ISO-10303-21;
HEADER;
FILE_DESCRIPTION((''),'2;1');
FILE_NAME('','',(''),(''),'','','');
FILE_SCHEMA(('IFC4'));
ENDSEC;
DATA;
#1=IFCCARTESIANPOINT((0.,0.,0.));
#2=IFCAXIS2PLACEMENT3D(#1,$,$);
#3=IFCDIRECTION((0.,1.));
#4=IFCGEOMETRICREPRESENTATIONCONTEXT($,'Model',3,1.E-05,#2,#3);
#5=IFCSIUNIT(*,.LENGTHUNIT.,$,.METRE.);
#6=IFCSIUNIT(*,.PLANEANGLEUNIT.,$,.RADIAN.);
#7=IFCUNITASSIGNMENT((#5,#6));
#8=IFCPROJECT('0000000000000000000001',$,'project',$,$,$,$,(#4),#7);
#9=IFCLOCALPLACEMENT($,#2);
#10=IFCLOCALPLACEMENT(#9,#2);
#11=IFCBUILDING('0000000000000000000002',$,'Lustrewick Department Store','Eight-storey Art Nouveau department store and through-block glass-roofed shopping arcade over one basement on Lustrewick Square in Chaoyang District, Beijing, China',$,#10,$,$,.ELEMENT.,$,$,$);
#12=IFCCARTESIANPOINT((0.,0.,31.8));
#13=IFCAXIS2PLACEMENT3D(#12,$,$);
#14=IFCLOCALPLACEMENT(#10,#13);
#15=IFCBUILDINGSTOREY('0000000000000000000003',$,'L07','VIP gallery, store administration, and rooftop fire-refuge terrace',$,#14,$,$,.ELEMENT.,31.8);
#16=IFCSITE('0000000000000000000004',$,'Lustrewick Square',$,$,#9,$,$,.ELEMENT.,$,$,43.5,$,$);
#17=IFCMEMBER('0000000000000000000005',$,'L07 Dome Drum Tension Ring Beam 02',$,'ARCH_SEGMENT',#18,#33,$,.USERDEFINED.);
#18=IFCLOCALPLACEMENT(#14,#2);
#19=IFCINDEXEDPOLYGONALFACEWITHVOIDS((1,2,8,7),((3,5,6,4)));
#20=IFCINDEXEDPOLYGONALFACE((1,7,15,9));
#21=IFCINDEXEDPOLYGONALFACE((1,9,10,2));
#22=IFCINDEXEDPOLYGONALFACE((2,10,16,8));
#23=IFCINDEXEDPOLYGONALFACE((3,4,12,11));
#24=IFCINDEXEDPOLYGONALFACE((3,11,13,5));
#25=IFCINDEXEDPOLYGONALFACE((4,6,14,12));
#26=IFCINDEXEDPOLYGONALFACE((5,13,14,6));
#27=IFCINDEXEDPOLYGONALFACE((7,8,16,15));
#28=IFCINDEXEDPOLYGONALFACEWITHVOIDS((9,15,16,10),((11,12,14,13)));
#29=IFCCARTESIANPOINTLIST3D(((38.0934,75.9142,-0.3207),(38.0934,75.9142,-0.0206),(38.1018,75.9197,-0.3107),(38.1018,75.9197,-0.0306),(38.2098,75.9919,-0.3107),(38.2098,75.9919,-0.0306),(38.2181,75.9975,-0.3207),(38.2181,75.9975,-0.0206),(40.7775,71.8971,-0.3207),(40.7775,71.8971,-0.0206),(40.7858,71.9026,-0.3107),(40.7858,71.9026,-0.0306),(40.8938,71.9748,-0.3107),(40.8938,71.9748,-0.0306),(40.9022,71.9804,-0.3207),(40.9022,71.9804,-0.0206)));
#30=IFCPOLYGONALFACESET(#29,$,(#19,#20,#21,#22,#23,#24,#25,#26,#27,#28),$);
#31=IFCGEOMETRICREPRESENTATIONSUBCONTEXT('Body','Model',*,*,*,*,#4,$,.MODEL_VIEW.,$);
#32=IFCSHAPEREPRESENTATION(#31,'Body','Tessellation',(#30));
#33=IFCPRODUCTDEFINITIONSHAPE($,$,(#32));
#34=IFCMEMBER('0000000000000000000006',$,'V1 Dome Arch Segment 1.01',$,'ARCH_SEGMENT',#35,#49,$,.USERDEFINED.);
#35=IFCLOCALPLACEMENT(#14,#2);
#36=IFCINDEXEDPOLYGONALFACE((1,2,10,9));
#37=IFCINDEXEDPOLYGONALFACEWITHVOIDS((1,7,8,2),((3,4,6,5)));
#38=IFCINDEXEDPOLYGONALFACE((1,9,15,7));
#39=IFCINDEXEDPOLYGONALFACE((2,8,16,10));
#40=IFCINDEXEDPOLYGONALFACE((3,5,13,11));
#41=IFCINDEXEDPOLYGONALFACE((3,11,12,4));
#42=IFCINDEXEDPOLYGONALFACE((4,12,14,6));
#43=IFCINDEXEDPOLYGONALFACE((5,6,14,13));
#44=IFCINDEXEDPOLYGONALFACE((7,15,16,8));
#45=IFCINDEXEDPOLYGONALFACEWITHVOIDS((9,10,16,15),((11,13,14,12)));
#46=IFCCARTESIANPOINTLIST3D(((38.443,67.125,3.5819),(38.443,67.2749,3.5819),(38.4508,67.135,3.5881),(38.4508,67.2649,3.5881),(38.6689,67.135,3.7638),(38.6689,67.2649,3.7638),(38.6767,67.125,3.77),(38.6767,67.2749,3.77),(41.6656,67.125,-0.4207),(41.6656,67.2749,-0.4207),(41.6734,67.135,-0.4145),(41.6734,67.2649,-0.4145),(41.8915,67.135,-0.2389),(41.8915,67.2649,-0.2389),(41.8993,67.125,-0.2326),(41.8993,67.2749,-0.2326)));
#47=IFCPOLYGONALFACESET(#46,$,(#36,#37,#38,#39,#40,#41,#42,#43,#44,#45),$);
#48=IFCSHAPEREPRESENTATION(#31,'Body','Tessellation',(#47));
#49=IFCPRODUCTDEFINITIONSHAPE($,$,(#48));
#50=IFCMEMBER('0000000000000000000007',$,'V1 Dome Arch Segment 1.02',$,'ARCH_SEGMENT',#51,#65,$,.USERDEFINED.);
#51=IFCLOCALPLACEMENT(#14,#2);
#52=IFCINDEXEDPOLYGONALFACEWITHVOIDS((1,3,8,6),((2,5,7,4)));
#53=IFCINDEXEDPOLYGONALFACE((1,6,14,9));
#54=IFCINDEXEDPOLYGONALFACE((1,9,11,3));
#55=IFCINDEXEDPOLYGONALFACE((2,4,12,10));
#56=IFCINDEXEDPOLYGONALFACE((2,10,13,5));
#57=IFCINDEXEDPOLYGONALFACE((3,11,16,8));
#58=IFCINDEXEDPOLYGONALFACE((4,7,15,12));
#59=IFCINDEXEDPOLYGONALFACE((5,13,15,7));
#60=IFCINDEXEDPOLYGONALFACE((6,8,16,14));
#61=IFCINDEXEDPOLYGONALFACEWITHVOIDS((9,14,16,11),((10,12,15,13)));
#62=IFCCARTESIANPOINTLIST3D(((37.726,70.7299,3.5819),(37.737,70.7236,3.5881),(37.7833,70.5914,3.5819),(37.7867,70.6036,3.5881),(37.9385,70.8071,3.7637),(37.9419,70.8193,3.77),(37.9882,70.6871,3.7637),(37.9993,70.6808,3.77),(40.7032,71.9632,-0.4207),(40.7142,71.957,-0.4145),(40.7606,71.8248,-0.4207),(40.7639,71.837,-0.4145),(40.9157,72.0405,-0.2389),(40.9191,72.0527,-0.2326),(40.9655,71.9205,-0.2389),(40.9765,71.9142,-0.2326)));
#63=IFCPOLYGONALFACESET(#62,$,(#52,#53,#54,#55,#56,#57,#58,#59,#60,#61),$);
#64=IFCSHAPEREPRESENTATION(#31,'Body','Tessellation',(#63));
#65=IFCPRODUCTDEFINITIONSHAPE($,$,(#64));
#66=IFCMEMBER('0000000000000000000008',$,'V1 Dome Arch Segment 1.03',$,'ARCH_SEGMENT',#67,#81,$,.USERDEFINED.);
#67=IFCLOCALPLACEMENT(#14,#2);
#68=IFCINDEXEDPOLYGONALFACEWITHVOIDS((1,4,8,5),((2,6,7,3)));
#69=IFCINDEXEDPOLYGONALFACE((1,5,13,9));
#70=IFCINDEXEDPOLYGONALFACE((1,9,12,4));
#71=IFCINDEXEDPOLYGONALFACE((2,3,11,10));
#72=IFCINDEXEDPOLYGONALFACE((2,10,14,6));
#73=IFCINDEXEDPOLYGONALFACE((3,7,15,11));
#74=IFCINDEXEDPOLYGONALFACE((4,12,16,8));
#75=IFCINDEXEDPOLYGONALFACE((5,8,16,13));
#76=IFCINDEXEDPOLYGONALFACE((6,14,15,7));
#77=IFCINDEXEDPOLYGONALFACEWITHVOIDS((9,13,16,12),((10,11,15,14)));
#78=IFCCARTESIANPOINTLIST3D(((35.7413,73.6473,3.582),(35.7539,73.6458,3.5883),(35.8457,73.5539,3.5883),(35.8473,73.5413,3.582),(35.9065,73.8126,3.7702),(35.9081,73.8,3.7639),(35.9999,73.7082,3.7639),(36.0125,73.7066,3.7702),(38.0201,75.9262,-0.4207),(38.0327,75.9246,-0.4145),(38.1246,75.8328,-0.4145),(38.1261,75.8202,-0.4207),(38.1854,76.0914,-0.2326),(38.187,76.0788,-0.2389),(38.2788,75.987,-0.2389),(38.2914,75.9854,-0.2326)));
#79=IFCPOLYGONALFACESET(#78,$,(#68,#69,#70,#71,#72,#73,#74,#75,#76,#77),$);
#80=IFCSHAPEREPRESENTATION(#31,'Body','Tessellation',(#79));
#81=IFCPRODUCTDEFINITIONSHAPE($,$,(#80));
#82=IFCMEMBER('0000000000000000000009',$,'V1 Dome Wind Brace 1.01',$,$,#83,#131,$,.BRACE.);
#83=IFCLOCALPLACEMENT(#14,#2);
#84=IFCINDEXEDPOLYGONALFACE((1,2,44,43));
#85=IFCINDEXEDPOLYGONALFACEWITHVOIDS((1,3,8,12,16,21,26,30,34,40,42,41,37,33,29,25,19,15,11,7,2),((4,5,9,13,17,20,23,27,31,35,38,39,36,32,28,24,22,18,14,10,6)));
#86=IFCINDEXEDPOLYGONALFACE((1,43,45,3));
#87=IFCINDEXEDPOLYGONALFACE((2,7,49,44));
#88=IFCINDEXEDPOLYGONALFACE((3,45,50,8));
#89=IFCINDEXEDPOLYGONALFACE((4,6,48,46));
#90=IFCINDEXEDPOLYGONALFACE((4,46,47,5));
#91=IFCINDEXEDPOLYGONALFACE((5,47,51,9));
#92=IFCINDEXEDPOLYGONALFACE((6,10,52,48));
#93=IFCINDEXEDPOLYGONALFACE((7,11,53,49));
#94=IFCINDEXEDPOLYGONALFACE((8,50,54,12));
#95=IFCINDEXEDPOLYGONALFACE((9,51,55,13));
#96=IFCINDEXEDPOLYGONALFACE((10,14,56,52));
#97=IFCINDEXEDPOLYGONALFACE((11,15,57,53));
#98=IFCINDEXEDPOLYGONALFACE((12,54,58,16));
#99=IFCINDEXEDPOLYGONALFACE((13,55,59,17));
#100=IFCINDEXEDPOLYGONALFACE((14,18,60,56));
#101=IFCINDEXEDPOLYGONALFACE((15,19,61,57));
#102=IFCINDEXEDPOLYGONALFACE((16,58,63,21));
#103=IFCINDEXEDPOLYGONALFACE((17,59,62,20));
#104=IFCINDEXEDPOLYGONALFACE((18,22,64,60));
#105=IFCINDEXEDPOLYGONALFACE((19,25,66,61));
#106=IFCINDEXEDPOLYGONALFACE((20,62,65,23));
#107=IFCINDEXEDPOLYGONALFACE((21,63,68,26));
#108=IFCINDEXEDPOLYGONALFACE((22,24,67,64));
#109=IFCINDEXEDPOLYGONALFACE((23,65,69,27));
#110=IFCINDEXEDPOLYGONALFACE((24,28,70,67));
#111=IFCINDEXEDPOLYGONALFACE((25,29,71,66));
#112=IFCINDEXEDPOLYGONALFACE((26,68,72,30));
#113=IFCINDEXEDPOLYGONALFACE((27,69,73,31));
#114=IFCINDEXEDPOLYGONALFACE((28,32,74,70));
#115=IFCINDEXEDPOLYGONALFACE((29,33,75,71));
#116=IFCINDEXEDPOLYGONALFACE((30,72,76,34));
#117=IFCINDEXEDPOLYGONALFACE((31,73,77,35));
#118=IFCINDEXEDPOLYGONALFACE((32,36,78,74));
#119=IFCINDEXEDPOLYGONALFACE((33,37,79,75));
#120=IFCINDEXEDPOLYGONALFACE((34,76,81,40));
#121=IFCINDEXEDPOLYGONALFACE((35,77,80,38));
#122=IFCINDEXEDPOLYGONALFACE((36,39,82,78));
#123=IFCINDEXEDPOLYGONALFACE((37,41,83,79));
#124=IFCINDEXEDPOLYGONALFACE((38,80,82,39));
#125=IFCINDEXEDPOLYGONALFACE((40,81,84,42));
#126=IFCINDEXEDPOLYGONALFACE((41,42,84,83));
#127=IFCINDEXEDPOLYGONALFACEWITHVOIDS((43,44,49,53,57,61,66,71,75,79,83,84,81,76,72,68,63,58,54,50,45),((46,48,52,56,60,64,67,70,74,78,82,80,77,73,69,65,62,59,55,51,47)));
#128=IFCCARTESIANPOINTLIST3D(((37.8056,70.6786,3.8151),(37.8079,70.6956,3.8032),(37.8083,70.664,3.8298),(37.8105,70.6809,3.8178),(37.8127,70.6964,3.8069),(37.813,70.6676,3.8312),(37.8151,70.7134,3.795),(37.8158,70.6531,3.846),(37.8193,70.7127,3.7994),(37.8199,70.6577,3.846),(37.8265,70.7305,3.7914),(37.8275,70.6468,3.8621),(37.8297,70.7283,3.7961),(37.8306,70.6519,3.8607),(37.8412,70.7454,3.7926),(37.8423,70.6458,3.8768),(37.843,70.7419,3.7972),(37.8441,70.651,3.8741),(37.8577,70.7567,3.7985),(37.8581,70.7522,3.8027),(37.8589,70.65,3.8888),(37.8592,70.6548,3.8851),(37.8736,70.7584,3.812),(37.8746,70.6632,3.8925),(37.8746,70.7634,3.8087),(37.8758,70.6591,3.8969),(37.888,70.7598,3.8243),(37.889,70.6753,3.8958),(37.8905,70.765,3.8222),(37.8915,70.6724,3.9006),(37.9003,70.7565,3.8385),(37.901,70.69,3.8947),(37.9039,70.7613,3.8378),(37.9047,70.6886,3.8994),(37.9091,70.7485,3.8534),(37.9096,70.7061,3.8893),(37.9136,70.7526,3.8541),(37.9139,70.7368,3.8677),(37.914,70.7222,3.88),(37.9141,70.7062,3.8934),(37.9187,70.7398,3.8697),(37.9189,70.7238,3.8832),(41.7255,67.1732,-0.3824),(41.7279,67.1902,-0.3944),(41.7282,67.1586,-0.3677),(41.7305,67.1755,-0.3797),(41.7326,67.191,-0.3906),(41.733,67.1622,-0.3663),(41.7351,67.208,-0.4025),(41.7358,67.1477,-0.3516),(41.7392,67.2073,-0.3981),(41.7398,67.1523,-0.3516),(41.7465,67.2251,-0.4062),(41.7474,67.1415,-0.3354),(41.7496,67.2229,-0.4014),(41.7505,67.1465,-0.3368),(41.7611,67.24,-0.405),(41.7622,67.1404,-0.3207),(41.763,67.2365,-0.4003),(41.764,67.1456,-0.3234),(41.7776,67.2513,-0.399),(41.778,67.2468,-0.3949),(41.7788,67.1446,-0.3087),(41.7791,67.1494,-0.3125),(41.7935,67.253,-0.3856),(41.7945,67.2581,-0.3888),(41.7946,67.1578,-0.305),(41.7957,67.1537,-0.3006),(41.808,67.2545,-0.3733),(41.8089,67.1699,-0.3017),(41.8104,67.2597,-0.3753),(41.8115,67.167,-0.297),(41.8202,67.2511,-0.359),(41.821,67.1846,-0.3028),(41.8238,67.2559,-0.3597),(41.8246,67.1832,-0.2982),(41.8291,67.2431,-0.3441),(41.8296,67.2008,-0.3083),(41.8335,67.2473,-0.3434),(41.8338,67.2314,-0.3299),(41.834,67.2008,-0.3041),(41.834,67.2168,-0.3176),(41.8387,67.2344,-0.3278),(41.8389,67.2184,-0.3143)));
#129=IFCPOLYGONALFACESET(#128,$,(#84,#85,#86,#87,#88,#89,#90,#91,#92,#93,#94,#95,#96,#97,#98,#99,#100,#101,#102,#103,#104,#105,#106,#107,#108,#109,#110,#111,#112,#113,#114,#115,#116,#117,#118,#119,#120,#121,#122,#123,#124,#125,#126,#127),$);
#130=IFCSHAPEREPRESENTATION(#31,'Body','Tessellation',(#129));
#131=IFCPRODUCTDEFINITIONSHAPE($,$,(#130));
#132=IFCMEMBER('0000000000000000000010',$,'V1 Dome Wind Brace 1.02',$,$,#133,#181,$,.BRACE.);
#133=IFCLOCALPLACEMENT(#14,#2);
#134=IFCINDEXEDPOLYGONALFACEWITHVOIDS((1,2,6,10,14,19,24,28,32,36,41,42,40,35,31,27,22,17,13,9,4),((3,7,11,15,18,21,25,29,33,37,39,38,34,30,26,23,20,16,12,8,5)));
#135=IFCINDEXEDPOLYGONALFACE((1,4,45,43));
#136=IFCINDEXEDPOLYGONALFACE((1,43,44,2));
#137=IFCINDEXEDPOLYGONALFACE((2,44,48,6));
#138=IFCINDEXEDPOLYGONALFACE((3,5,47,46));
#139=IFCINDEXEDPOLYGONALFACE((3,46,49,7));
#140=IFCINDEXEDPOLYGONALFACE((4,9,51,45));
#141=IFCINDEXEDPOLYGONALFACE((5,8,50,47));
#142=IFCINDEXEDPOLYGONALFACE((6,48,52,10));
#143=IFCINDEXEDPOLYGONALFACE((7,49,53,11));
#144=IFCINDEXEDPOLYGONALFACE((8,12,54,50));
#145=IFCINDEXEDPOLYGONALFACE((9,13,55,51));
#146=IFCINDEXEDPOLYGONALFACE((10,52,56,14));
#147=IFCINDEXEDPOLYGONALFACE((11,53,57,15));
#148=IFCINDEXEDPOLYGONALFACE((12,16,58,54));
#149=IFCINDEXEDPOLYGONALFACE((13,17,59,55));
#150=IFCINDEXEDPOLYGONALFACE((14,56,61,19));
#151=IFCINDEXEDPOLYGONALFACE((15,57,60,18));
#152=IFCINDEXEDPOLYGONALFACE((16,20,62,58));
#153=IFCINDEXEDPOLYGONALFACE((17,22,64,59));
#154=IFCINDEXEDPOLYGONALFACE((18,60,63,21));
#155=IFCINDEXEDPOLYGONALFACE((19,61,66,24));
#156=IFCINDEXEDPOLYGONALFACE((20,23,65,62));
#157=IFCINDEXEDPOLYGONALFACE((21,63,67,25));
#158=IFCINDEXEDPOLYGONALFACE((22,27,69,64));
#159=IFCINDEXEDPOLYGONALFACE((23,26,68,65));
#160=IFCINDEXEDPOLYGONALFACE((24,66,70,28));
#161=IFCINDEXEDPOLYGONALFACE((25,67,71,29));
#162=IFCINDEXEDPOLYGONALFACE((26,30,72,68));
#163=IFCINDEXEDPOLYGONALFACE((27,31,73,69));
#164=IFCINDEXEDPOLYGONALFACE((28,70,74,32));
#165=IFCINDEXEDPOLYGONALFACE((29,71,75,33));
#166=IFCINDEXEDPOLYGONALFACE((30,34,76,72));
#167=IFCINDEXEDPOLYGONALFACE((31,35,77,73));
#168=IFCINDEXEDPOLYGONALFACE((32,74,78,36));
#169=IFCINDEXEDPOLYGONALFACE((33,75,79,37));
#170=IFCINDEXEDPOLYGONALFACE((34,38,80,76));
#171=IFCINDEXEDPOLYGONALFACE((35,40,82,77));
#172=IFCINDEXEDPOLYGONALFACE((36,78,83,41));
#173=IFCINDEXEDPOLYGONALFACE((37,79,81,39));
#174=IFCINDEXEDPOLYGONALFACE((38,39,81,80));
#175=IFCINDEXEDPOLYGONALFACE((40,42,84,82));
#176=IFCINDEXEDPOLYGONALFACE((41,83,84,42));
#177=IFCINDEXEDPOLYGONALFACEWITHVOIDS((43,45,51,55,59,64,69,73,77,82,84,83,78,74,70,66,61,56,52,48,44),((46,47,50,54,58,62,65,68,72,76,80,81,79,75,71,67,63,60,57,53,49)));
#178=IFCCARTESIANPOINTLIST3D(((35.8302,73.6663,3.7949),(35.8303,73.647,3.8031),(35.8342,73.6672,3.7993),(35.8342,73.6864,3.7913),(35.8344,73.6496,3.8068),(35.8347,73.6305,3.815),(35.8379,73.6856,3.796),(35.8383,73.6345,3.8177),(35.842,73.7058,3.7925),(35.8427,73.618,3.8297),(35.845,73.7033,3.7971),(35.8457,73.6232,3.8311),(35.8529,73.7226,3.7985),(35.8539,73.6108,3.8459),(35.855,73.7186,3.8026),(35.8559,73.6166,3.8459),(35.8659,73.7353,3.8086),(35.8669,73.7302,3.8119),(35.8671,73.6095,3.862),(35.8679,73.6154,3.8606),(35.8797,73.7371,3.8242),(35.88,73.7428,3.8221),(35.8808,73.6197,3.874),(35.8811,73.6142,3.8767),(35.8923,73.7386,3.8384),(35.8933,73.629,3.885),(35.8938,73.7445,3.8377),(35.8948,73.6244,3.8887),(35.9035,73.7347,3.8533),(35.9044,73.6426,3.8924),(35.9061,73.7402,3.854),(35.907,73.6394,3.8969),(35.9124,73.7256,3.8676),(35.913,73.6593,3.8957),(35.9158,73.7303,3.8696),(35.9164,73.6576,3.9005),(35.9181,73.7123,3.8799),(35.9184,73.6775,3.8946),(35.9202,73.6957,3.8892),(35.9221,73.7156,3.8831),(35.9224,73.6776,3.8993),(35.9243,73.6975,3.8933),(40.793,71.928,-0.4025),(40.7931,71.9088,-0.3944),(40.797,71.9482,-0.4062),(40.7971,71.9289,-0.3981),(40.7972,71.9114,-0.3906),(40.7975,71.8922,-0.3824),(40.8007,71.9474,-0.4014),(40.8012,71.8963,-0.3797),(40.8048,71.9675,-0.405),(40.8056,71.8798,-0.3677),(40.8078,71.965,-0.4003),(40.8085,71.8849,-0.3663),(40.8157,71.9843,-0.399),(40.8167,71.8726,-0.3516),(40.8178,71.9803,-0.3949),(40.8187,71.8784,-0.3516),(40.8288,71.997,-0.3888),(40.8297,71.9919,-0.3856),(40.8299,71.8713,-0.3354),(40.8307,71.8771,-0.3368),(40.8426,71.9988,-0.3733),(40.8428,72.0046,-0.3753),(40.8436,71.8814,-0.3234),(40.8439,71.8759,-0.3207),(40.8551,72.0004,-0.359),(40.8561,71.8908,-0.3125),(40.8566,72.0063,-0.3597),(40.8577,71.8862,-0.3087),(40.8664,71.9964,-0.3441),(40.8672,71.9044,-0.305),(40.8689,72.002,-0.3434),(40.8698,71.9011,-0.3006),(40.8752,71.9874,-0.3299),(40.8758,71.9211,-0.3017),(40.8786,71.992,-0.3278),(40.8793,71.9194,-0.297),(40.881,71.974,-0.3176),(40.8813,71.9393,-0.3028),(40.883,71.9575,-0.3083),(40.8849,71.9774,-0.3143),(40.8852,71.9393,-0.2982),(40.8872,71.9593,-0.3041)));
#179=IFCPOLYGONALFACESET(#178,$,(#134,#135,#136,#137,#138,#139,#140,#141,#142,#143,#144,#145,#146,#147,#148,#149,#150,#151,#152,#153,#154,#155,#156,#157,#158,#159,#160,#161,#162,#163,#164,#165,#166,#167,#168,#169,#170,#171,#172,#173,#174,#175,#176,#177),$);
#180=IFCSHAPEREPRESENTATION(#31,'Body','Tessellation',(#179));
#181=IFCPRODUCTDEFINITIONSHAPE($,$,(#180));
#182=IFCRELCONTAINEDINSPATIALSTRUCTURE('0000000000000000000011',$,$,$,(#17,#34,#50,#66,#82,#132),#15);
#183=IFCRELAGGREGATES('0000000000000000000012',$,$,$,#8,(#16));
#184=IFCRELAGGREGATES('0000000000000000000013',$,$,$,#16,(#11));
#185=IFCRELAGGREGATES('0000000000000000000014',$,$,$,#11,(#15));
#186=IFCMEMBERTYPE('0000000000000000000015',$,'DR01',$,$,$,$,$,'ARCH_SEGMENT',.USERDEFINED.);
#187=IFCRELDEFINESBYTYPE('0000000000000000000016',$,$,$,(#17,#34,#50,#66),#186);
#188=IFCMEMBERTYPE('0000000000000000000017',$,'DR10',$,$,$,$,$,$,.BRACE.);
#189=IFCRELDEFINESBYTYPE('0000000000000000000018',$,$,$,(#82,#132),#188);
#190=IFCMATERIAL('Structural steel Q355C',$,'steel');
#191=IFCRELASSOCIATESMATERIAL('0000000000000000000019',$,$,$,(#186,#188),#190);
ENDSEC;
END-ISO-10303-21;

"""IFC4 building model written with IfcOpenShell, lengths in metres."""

from ifc_helpers import new_model, si_unit, direction, frame, origin, origin_2d, place, context, subcontext, project, spatial, hollow_rectangle, hollow_circle, extrude, material, material_profile, profile_set, type_object, element, save


model = new_model("IFC4")

# Units and contexts
model_context = context("Model", 3, precision=1e-05, world=origin(), true_north=direction((0.0, 1.0)))
body_context = subcontext(model_context, "Body", "Model", "MODEL_VIEW")
ifc_project = project(units=[si_unit("LENGTHUNIT", "METRE"), si_unit("PLANEANGLEUNIT", "RADIAN")], contexts=[model_context])

# Site, building, storey
site_placement = place(None, origin())
site = spatial("IfcSite", under=ifc_project, at=site_placement, Name="Lustrewick Square", CompositionType="ELEMENT", RefElevation=43.5)
building_placement = place(site_placement, origin())
building = spatial("IfcBuilding", under=site, at=building_placement, Name="Lustrewick Department Store", Description="Eight-storey Art Nouveau department store and through-block glass-roofed shopping arcade over one basement on Lustrewick Square in Chaoyang District, Beijing, China", CompositionType="ELEMENT")
storey_placement = place(building_placement, frame((0.0, 0.0, 31.8)))
storey = spatial("IfcBuildingStorey", under=building, at=storey_placement, Name="L07", Description="VIP gallery, store administration, and rooftop fire-refuge terrace", CompositionType="ELEMENT", Elevation=31.8)

# Members
ifc_material_1 = material(Name="Structural steel Q355C", Category="steel")
ifc_material_profile_1 = material_profile(ifc_material_1, hollow_rectangle(XDim=0.1499, YDim=0.3, WallThickness=0.01, at=origin_2d()), Name="RHS 300x150x10")
ifc_profile_set_1 = profile_set([ifc_material_profile_1], Name="Structural steel Q355C")
member_type_1 = type_object("IfcMemberType", Name="DR01", ElementType="ARCH_SEGMENT", PredefinedType="USERDEFINED", material=ifc_profile_set_1)
member_1_placement = place(storey_placement, frame((40.8398, 71.9387, -0.1707), z_axis=(-0.555563, 0.831475, 0.0), x_axis=(-0.831475, -0.555563, 0.0)))
element("IfcMember", 1, at=member_1_placement, inside=storey, type_object=member_type_1, Name="L07 Dome Drum Tension Ring Beam 02", ObjectType="ARCH_SEGMENT", PredefinedType="USERDEFINED", context=body_context, shape_type="SweptSolid", body=[
    extrude(hollow_rectangle(XDim=0.1499, YDim=0.3, WallThickness=0.01, at=origin_2d()), origin(), (0.0, 0.0, 1.0), 4.8313),
])
for number, where, z_axis, x_axis, name in (
    (2, (41.7825, 67.2, -0.3267), (-0.627125, 0.0, 0.778918), (0.0, -1.0, 0.0), "V1 Dome Arch Segment 1.01"),
    (3, (40.8398, 71.9387, -0.3267), (-0.579378, -0.240018, 0.778918), (0.382726, -0.923862, 0.0), "V1 Dome Arch Segment 1.02"),
):
    element("IfcMember", number, at=place(storey_placement, frame(where, z_axis=z_axis, x_axis=x_axis)), inside=storey, type_object=member_type_1, Name=name, ObjectType="ARCH_SEGMENT", PredefinedType="USERDEFINED", context=body_context, shape_type="SweptSolid", body=[
        extrude(hollow_rectangle(XDim=0.1499, YDim=0.3, WallThickness=0.01, at=origin_2d()), origin(), (0.0, 0.0, 1.0), 5.1387),
    ])
member_2_placement = place(storey_placement, frame((38.1558, 75.9558, -0.3267), z_axis=(-0.44345, -0.44345, 0.778912), x_axis=(0.707107, -0.707107, 0.0)))
element("IfcMember", 4, at=member_2_placement, inside=storey, type_object=member_type_1, Name="V1 Dome Arch Segment 1.03", ObjectType="ARCH_SEGMENT", PredefinedType="USERDEFINED", context=body_context, shape_type="SweptSolid", body=[
    extrude(hollow_rectangle(XDim=0.1499, YDim=0.3, WallThickness=0.01, at=origin_2d()), origin(), (0.0, 0.0, 1.0), 5.1389),
])
ifc_material_profile_2 = material_profile(ifc_material_1, hollow_circle(Radius=0.0701, WallThickness=0.0061, at=origin_2d()), Name="CHS 140x6")
ifc_profile_set_2 = profile_set([ifc_material_profile_2], Name="Structural steel Q355C")
member_type_2 = type_object("IfcMemberType", Name="DR10", PredefinedType="BRACE", material=ifc_profile_set_2)
member_3_placement = place(storey_placement, frame((41.7825, 67.2, -0.3516), z_axis=(-0.582586, 0.520975, 0.623842), x_axis=(-0.666591, -0.745423, 0.0)))
element("IfcMember", 5, at=member_3_placement, inside=storey, type_object=member_type_2, Name="V1 Dome Wind Brace 1.01", PredefinedType="BRACE", context=body_context, shape_type="SweptSolid", body=[
    extrude(hollow_circle(Radius=0.0701, WallThickness=0.0061, at=origin_2d()), origin(), (0.0, 0.0, 1.0), 6.7285),
])
member_4_placement = place(storey_placement, frame((40.8398, 71.9387, -0.3516), z_axis=(-0.737606, 0.258351, 0.623852), x_axis=(-0.330565, -0.943783, 0.0)))
element("IfcMember", 6, at=member_4_placement, inside=storey, type_object=member_type_2, Name="V1 Dome Wind Brace 1.02", PredefinedType="BRACE", context=body_context, shape_type="SweptSolid", body=[
    extrude(hollow_circle(Radius=0.0701, WallThickness=0.0061, at=origin_2d()), origin(), (0.0, 0.0, 1.0), 6.7283),
])

save(model, "model.ifc")
